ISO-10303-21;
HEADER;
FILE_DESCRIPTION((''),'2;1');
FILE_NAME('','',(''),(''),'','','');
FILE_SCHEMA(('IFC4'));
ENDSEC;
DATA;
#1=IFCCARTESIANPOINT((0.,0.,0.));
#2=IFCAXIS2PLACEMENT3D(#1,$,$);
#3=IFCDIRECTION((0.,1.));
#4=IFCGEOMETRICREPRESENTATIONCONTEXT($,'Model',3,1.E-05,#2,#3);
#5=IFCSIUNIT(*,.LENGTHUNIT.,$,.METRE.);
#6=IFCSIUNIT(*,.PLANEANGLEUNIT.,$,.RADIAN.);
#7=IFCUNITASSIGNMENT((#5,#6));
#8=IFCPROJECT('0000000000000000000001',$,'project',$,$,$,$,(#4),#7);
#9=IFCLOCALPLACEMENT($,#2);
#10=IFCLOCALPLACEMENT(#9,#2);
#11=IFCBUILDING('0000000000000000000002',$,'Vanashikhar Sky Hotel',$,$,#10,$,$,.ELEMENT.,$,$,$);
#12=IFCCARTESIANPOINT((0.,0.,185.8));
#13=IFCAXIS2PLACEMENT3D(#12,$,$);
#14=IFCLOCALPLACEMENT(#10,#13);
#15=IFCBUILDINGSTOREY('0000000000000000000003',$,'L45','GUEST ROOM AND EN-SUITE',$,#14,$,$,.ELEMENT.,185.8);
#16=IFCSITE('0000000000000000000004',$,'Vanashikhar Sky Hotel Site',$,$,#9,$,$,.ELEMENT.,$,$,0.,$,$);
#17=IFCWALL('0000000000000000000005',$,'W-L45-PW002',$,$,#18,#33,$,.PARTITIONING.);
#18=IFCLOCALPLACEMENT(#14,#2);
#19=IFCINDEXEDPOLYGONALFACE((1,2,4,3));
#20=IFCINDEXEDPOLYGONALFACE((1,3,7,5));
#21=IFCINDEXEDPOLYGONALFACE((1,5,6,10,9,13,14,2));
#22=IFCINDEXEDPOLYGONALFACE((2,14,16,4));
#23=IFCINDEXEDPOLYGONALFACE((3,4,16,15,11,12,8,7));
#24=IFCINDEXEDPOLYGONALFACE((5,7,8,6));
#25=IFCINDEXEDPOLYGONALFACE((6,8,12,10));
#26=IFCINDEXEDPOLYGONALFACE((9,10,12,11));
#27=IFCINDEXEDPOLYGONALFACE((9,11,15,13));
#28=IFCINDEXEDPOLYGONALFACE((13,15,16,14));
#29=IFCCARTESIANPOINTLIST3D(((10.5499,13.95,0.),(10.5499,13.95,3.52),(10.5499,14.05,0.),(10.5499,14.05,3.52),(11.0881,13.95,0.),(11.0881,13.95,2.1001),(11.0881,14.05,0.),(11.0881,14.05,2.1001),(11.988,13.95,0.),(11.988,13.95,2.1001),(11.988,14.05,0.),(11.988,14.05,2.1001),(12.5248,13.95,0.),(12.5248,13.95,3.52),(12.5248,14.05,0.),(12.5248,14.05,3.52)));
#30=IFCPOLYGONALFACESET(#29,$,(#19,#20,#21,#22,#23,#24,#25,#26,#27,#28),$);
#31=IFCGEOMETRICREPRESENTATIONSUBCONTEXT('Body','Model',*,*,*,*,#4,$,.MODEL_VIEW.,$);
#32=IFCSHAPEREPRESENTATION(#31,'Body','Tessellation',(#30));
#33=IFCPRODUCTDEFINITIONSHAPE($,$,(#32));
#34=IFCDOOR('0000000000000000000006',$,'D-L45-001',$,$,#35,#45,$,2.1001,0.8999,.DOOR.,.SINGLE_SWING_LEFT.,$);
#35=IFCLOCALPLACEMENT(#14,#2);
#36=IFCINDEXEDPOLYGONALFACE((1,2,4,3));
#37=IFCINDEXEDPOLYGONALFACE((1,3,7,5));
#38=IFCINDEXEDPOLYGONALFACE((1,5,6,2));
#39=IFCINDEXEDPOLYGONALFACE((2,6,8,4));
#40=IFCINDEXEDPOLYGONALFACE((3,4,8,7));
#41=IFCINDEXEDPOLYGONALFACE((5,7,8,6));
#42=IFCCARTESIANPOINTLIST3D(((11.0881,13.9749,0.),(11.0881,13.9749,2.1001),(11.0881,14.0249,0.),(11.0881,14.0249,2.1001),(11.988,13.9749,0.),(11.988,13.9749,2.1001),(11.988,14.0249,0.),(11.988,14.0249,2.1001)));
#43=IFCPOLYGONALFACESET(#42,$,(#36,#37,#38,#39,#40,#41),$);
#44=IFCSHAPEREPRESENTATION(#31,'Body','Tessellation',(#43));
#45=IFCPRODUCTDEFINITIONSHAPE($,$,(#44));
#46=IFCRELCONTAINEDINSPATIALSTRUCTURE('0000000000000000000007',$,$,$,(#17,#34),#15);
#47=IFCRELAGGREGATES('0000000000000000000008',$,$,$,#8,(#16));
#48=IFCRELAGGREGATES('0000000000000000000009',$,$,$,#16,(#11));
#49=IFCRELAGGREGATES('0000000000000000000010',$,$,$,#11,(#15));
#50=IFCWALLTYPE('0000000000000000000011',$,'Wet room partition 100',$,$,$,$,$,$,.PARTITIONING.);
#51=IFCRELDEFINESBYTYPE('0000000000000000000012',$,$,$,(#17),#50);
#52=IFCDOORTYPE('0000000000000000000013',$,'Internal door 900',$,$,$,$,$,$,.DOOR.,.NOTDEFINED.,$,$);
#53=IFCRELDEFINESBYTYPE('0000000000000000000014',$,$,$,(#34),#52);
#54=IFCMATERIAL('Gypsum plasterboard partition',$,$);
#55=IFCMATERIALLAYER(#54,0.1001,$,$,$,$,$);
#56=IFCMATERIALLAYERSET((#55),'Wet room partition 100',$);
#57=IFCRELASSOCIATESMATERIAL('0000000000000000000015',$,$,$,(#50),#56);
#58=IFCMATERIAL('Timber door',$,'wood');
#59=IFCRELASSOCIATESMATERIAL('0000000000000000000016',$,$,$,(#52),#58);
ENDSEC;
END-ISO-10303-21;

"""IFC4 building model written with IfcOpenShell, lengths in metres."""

from ifc_helpers import new_model, si_unit, direction, frame, frame_2d, origin, place, context, subcontext, project, spatial, rectangle, extrude, source, transform, mapped, material, layer, layer_set, type_object, element, fill, save


model = new_model("IFC4")

# Units and contexts
model_context = context("Model", 3, precision=1e-05, world=origin(), true_north=direction((0.0, 1.0)))
body_context = subcontext(model_context, "Body", "Model", "MODEL_VIEW")
ifc_project = project(units=[si_unit("LENGTHUNIT", "METRE"), si_unit("PLANEANGLEUNIT", "RADIAN")], contexts=[model_context])

# Site, building, storey
site_placement = place(None, origin())
site = spatial("IfcSite", under=ifc_project, at=site_placement, Name="Vanashikhar Sky Hotel Site", CompositionType="ELEMENT", RefElevation=0.0)
building_placement = place(site_placement, origin())
building = spatial("IfcBuilding", under=site, at=building_placement, Name="Vanashikhar Sky Hotel", CompositionType="ELEMENT")
storey_placement = place(building_placement, frame((0.0, 0.0, 185.8)))
storey = spatial("IfcBuildingStorey", under=building, at=storey_placement, Name="L45", Description="GUEST ROOM AND EN-SUITE", CompositionType="ELEMENT", Elevation=185.8)

# Shared definitions
ifc_material_1 = material(Name="Gypsum plasterboard partition")
ifc_layer_1 = layer(ifc_material_1, 0.1001)
ifc_layer_set_1 = layer_set([ifc_layer_1], Name="Wet room partition 100")
wall_type_1 = type_object("IfcWallType", Name="Wet room partition 100", PredefinedType="PARTITIONING", material=ifc_layer_set_1)

# Wall, opening, door
shared_shape_1 = source(origin(), body_context, "Body", "SweptSolid", [
    extrude(rectangle(XDim=1.9749, YDim=0.1001, at=frame_2d((0.9873, 0.0))), origin(), (0.0, 0.0, 1.0), 3.52),
])
wall_1_placement = place(storey_placement, frame((10.55, 14.0, 0.0), z_axis=(0.0, 0.0, 1.0), x_axis=(1.0, 0.0, 0.0)))
wall_1 = element("IfcWall", 1, at=wall_1_placement, inside=storey, type_object=wall_type_1, Name="W-L45-PW002", PredefinedType="PARTITIONING", context=body_context, shape_type="MappedRepresentation", body=[
    mapped(shared_shape_1, transform((0.0, 0.0, 0.0), scale=1.0)),
])
shared_shape_2 = source(origin(), body_context, "Body", "SweptSolid", [
    extrude(rectangle(XDim=0.8999, YDim=2.1001, at=frame_2d((0.45, 1.05))), frame((0.0, 0.0601, 0.0), z_axis=(0.0, -1.0, 0.0), x_axis=(1.0, 0.0, 0.0)), (0.0, 0.0, 1.0), 0.1201),
])
opening_1_placement = place(wall_1_placement, frame((0.5381, 0.0, 0.0)))
opening_1 = element("IfcOpeningElement", 2, at=opening_1_placement, cuts=wall_1, PredefinedType="OPENING", context=body_context, shape_type="MappedRepresentation", body=[
    mapped(shared_shape_2, transform((0.0, 0.0, 0.0), scale=1.0)),
])
ifc_material_2 = material(Name="Timber door", Category="wood")
door_type_1 = type_object("IfcDoorType", Name="Internal door 900", OperationType="NOTDEFINED", PredefinedType="DOOR", material=ifc_material_2)
shared_shape_3 = source(origin(), body_context, "Body", "SweptSolid", [
    extrude(rectangle(XDim=0.8999, YDim=2.1001, at=frame_2d((0.45, 1.05))), frame((0.0, 0.0249, 0.0), z_axis=(0.0, -1.0, 0.0), x_axis=(1.0, 0.0, 0.0)), (0.0, 0.0, 1.0), 0.05),
])
door_1_placement = place(opening_1_placement, origin())
door_1 = element("IfcDoor", 3, at=door_1_placement, inside=storey, type_object=door_type_1, Name="D-L45-001", OperationType="SINGLE_SWING_LEFT", OverallHeight=2.1001, OverallWidth=0.8999, PredefinedType="DOOR", context=body_context, shape_type="MappedRepresentation", body=[
    mapped(shared_shape_3, transform((0.0, 0.0, 0.0), scale=1.0)),
])
fill(opening_1, door_1)

save(model, "model.ifc")
